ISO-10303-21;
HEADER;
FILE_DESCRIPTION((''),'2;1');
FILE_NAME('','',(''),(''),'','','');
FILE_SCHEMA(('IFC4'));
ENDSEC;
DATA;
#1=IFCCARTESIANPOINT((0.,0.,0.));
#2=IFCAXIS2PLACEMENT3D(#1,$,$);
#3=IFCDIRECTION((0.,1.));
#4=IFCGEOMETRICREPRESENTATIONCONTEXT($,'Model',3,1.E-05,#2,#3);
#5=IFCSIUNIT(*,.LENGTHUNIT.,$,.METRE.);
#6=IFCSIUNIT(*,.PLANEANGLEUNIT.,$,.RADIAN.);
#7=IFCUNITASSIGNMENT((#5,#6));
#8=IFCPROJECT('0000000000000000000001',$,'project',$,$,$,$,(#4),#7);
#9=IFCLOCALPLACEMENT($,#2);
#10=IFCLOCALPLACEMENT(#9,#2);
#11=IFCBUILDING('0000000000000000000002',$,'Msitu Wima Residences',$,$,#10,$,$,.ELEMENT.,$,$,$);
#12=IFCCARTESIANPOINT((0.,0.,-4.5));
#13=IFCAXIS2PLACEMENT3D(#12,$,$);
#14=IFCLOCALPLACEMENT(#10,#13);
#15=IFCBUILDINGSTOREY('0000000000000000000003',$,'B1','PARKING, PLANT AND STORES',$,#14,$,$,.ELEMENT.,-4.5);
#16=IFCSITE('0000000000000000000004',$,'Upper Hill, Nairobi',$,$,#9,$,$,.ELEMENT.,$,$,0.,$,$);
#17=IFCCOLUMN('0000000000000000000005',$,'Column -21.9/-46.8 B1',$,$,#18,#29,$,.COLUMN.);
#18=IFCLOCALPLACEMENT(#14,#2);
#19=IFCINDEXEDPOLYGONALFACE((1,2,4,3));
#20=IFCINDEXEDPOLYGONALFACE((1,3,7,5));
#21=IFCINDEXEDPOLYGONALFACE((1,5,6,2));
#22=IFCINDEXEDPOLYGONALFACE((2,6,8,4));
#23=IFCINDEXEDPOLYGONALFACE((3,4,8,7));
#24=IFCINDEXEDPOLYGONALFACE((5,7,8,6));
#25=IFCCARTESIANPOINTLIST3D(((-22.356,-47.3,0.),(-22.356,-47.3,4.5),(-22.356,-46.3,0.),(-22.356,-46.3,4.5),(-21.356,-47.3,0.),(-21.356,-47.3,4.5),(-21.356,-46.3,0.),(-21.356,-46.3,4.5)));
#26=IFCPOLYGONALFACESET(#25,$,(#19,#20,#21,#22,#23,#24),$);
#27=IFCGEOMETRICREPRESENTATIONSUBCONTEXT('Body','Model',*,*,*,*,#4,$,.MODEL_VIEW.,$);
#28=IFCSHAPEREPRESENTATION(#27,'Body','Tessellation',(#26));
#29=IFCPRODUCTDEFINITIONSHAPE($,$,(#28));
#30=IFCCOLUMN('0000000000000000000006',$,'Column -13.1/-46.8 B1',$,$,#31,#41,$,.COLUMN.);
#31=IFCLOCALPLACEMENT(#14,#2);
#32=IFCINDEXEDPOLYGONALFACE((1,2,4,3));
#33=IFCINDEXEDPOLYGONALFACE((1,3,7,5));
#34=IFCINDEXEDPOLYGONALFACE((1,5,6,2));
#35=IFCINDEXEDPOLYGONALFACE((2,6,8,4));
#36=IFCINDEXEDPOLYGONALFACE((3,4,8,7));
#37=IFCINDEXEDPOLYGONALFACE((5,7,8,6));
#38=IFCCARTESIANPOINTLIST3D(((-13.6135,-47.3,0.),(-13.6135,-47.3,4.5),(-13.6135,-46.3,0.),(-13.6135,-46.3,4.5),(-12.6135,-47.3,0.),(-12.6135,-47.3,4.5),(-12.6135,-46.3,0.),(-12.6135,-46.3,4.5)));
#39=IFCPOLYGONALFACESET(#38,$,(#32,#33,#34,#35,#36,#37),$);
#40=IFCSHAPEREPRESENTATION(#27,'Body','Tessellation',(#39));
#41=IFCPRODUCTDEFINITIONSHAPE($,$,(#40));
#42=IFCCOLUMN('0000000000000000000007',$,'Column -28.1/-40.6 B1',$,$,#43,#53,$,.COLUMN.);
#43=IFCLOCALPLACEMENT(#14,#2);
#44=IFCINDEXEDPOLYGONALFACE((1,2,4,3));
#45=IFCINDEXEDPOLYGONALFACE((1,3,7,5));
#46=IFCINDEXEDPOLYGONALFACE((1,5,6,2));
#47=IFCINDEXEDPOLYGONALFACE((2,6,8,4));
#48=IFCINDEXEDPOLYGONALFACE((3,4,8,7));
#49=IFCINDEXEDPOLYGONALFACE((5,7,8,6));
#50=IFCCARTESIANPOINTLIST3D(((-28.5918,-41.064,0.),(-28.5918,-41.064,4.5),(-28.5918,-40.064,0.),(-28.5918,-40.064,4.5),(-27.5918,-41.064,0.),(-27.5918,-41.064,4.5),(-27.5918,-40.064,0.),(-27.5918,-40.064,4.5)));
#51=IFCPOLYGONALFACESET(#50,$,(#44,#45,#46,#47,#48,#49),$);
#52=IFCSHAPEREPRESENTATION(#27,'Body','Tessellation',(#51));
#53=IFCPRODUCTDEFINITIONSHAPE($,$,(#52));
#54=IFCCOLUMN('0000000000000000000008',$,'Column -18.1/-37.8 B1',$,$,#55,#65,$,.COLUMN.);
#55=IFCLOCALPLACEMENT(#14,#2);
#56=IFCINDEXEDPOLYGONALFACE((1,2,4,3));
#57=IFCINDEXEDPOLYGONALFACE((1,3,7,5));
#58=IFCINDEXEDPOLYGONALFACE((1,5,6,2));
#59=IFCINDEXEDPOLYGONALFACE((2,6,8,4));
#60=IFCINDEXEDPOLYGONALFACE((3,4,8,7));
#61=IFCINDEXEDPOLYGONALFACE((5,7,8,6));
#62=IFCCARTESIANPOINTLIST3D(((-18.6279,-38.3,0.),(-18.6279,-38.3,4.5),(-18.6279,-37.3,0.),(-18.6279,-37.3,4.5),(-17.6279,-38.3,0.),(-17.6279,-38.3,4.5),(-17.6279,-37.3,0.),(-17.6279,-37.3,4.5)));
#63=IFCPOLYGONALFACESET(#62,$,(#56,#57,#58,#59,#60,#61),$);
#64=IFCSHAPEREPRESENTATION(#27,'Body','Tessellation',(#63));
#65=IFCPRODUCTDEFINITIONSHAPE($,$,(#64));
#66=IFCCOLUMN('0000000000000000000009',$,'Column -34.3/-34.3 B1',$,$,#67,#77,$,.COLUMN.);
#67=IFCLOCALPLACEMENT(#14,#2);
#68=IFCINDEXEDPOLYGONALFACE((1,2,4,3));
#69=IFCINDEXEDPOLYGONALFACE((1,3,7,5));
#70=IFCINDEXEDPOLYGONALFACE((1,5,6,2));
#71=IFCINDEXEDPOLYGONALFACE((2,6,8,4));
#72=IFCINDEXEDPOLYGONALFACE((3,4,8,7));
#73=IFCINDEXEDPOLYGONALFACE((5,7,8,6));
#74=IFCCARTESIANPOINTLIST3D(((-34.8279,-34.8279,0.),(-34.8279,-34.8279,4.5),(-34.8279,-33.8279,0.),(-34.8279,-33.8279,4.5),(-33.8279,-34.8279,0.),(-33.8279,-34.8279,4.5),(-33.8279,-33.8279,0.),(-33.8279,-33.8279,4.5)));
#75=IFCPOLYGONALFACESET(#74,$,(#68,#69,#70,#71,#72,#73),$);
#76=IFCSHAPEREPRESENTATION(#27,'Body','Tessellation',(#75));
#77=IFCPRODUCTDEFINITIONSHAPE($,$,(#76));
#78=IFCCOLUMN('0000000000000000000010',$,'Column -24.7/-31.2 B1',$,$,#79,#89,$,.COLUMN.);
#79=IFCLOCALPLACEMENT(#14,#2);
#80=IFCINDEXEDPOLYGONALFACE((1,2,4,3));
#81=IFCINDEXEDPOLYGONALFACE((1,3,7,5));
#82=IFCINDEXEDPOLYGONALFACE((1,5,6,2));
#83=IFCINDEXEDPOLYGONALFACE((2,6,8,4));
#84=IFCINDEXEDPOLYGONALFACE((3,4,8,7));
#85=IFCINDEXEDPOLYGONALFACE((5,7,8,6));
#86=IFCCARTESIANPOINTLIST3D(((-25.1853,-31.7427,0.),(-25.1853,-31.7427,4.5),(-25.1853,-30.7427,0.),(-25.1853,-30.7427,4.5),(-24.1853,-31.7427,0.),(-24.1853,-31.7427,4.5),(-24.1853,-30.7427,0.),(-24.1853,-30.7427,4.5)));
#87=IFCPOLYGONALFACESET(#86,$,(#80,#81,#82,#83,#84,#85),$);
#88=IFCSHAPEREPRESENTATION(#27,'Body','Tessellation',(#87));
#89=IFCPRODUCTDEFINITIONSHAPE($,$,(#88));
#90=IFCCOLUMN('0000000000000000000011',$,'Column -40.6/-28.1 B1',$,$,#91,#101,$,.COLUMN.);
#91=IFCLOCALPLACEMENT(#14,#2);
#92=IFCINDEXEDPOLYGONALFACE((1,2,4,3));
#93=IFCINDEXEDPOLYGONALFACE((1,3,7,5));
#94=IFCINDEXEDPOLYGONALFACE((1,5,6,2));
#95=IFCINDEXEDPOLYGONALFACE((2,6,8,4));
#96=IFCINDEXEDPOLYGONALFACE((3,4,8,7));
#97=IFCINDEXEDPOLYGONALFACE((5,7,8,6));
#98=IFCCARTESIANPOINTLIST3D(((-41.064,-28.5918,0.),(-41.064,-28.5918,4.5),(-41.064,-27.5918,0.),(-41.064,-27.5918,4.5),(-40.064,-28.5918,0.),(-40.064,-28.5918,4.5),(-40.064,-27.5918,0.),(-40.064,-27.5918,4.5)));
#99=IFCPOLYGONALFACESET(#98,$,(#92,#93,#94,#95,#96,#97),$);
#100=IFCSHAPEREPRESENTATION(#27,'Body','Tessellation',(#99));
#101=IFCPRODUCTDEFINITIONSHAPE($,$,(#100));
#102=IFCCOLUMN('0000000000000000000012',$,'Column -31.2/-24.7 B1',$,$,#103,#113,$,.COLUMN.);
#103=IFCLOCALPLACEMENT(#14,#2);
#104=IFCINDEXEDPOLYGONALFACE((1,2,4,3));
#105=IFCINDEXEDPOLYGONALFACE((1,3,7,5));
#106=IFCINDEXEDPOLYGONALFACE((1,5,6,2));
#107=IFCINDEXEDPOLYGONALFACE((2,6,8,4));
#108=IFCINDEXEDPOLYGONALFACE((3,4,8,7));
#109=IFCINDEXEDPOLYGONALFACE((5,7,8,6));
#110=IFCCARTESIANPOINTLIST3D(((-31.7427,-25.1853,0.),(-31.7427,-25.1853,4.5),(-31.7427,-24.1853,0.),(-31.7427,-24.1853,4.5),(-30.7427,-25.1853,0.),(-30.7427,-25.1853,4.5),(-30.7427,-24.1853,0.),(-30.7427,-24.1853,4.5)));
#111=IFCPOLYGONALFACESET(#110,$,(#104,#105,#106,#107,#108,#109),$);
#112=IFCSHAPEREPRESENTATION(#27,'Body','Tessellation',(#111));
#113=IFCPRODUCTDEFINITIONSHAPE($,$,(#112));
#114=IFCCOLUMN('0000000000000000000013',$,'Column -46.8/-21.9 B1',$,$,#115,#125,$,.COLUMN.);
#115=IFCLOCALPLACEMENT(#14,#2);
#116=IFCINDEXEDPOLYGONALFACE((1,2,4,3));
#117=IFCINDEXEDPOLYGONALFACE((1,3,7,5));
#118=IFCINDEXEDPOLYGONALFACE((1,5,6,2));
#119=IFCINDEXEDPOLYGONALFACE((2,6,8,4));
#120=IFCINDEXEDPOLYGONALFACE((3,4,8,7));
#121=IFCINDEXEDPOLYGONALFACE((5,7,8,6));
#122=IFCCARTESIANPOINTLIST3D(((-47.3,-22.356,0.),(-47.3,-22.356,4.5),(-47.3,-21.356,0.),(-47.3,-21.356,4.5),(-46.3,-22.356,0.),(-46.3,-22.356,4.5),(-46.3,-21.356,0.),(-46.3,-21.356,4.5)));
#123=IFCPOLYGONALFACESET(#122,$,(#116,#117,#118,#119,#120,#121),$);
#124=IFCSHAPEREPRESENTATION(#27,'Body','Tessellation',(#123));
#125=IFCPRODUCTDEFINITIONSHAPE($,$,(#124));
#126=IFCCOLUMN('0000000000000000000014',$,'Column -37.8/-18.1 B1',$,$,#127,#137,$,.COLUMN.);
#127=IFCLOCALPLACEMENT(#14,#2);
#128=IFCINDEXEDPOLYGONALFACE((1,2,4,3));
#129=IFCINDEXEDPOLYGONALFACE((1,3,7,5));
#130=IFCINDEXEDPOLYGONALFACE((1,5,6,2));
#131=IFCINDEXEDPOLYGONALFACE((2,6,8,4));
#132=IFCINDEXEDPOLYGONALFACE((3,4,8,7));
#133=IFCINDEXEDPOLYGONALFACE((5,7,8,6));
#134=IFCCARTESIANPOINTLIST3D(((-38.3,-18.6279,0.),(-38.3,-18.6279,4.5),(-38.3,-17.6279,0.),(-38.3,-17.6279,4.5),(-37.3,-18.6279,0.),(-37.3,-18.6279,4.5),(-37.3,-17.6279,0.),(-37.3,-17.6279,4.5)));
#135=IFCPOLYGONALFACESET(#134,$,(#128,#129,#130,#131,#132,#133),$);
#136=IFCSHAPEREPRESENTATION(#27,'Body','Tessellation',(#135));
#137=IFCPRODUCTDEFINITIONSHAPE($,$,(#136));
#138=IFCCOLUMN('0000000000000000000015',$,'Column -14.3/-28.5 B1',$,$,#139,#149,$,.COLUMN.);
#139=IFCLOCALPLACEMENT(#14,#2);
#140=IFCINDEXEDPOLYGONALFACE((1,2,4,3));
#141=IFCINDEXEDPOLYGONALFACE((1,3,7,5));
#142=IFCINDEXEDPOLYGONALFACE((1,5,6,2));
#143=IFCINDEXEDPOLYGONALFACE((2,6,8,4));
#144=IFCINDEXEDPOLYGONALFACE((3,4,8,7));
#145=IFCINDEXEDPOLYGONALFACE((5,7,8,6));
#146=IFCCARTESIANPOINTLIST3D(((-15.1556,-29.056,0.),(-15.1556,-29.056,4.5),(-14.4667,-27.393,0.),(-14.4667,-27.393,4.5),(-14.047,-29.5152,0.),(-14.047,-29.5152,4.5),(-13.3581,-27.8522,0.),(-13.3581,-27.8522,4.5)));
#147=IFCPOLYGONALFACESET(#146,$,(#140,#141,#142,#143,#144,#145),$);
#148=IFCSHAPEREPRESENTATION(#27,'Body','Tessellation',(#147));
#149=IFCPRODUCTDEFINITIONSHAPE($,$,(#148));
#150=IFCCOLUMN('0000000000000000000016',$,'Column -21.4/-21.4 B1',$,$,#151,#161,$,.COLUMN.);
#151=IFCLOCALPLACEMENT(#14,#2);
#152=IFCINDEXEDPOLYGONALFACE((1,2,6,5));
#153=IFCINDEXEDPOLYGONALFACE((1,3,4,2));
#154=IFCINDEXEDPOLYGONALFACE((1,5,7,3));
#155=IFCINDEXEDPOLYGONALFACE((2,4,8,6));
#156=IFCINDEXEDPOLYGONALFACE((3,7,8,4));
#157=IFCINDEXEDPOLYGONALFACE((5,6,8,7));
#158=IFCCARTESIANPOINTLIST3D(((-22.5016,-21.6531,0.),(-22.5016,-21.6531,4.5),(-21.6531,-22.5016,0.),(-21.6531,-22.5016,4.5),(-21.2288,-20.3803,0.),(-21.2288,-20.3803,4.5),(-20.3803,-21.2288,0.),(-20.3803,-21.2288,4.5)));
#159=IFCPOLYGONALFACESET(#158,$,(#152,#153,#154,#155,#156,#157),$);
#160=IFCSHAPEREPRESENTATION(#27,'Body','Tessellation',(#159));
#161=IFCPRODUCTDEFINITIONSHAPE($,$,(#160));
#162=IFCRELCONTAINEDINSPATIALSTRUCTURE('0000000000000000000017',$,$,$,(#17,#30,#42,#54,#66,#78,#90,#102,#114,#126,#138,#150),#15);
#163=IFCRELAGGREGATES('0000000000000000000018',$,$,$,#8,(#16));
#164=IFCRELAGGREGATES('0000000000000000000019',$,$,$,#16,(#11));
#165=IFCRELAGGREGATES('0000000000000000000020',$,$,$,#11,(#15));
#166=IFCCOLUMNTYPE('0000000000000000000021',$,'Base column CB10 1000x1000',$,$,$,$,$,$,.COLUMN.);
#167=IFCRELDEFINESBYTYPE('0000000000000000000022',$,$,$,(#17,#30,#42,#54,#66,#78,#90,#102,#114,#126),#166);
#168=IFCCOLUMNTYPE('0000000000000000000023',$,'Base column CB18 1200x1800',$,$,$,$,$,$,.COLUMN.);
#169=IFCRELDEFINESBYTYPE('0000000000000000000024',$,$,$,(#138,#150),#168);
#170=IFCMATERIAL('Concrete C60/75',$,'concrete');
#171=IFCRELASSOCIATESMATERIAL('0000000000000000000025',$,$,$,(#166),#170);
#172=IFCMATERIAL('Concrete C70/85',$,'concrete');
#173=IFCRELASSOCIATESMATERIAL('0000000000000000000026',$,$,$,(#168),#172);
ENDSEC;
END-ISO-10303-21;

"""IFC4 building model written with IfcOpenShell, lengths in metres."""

from ifc_helpers import new_model, si_unit, direction, frame, origin, origin_2d, place, context, subcontext, project, spatial, rectangle, extrude, material, material_profile, profile_set, type_object, element, save


model = new_model("IFC4")

# Units and contexts
model_context = context("Model", 3, precision=1e-05, world=origin(), true_north=direction((0.0, 1.0)))
body_context = subcontext(model_context, "Body", "Model", "MODEL_VIEW")
ifc_project = project(units=[si_unit("LENGTHUNIT", "METRE"), si_unit("PLANEANGLEUNIT", "RADIAN")], contexts=[model_context])

# Site, building, storey
site_placement = place(None, origin())
site = spatial("IfcSite", under=ifc_project, at=site_placement, Name="Upper Hill, Nairobi", CompositionType="ELEMENT", RefElevation=0.0)
building_placement = place(site_placement, origin())
building = spatial("IfcBuilding", under=site, at=building_placement, Name="Msitu Wima Residences", CompositionType="ELEMENT")
storey_placement = place(building_placement, frame((0.0, 0.0, -4.5)))
storey = spatial("IfcBuildingStorey", under=building, at=storey_placement, Name="B1", Description="PARKING, PLANT AND STORES", CompositionType="ELEMENT", Elevation=-4.5)

# Columns
ifc_material_1 = material(Name="Concrete C60/75", Category="concrete")
ifc_material_profile_1 = material_profile(ifc_material_1, rectangle(XDim=1.0, YDim=1.0, at=origin_2d()), Name="RC 1000x1000")
ifc_profile_set_1 = profile_set([ifc_material_profile_1], Name="Concrete C60/75")
column_type_1 = type_object("IfcColumnType", Name="Base column CB10 1000x1000", PredefinedType="COLUMN", material=ifc_profile_set_1)
for number, where, z_axis, x_axis, name in (
    (1, (-21.856, -46.8, 0.0), (0.0, 0.0, 1.0), (1.0, 0.0, 0.0), "Column -21.9/-46.8 B1"),
    (2, (-13.1135, -46.8, 0.0), (0.0, 0.0, 1.0), (1.0, 0.0, 0.0), "Column -13.1/-46.8 B1"),
    (3, (-28.0918, -40.564, 0.0), (0.0, 0.0, 1.0), (1.0, 0.0, 0.0), "Column -28.1/-40.6 B1"),
    (4, (-18.1279, -37.8, 0.0), (0.0, 0.0, 1.0), (1.0, 0.0, 0.0), "Column -18.1/-37.8 B1"),
    (5, (-34.3279, -34.3279, 0.0), (0.0, 0.0, 1.0), (1.0, 0.0, 0.0), "Column -34.3/-34.3 B1"),
    (6, (-24.6853, -31.2427, 0.0), (0.0, 0.0, 1.0), (1.0, 0.0, 0.0), "Column -24.7/-31.2 B1"),
    (7, (-40.564, -28.0918, 0.0), (0.0, 0.0, 1.0), (1.0, 0.0, 0.0), "Column -40.6/-28.1 B1"),
    (8, (-31.2427, -24.6853, 0.0), (0.0, 0.0, 1.0), (1.0, 0.0, 0.0), "Column -31.2/-24.7 B1"),
    (9, (-46.8, -21.856, 0.0), (0.0, 0.0, 1.0), (1.0, 0.0, 0.0), "Column -46.8/-21.9 B1"),
    (10, (-37.8, -18.1279, 0.0), (0.0, 0.0, 1.0), (1.0, 0.0, 0.0), "Column -37.8/-18.1 B1"),
):
    element("IfcColumn", number, at=place(storey_placement, frame(where, z_axis=z_axis, x_axis=x_axis)), inside=storey, type_object=column_type_1, Name=name, PredefinedType="COLUMN", context=body_context, shape_type="SweptSolid", body=[
        extrude(rectangle(XDim=1.0, YDim=1.0, at=origin_2d()), origin(), (0.0, 0.0, 1.0), 4.5),
    ])
ifc_material_2 = material(Name="Concrete C70/85", Category="concrete")
ifc_material_profile_2 = material_profile(ifc_material_2, rectangle(XDim=1.2, YDim=1.8, at=origin_2d()), Name="RC 1200x1800")
ifc_profile_set_2 = profile_set([ifc_material_profile_2], Name="Concrete C70/85")
column_type_2 = type_object("IfcColumnType", Name="Base column CB18 1200x1800", PredefinedType="COLUMN", material=ifc_profile_set_2)
for number, where, z_axis, x_axis, name in (
    (11, (-14.2568, -28.4541, 0.0), (0.0, 0.0, 1.0), (0.92388, -0.382683, 0.0), "Column -14.3/-28.5 B1"),
    (12, (-21.4409, -21.4409, 0.0), (0.0, 0.0, 1.0), (0.707107, -0.707107, 0.0), "Column -21.4/-21.4 B1"),
):
    element("IfcColumn", number, at=place(storey_placement, frame(where, z_axis=z_axis, x_axis=x_axis)), inside=storey, type_object=column_type_2, Name=name, PredefinedType="COLUMN", context=body_context, shape_type="SweptSolid", body=[
        extrude(rectangle(XDim=1.2, YDim=1.8, at=origin_2d()), origin(), (0.0, 0.0, 1.0), 4.5),
    ])

save(model, "model.ifc")
